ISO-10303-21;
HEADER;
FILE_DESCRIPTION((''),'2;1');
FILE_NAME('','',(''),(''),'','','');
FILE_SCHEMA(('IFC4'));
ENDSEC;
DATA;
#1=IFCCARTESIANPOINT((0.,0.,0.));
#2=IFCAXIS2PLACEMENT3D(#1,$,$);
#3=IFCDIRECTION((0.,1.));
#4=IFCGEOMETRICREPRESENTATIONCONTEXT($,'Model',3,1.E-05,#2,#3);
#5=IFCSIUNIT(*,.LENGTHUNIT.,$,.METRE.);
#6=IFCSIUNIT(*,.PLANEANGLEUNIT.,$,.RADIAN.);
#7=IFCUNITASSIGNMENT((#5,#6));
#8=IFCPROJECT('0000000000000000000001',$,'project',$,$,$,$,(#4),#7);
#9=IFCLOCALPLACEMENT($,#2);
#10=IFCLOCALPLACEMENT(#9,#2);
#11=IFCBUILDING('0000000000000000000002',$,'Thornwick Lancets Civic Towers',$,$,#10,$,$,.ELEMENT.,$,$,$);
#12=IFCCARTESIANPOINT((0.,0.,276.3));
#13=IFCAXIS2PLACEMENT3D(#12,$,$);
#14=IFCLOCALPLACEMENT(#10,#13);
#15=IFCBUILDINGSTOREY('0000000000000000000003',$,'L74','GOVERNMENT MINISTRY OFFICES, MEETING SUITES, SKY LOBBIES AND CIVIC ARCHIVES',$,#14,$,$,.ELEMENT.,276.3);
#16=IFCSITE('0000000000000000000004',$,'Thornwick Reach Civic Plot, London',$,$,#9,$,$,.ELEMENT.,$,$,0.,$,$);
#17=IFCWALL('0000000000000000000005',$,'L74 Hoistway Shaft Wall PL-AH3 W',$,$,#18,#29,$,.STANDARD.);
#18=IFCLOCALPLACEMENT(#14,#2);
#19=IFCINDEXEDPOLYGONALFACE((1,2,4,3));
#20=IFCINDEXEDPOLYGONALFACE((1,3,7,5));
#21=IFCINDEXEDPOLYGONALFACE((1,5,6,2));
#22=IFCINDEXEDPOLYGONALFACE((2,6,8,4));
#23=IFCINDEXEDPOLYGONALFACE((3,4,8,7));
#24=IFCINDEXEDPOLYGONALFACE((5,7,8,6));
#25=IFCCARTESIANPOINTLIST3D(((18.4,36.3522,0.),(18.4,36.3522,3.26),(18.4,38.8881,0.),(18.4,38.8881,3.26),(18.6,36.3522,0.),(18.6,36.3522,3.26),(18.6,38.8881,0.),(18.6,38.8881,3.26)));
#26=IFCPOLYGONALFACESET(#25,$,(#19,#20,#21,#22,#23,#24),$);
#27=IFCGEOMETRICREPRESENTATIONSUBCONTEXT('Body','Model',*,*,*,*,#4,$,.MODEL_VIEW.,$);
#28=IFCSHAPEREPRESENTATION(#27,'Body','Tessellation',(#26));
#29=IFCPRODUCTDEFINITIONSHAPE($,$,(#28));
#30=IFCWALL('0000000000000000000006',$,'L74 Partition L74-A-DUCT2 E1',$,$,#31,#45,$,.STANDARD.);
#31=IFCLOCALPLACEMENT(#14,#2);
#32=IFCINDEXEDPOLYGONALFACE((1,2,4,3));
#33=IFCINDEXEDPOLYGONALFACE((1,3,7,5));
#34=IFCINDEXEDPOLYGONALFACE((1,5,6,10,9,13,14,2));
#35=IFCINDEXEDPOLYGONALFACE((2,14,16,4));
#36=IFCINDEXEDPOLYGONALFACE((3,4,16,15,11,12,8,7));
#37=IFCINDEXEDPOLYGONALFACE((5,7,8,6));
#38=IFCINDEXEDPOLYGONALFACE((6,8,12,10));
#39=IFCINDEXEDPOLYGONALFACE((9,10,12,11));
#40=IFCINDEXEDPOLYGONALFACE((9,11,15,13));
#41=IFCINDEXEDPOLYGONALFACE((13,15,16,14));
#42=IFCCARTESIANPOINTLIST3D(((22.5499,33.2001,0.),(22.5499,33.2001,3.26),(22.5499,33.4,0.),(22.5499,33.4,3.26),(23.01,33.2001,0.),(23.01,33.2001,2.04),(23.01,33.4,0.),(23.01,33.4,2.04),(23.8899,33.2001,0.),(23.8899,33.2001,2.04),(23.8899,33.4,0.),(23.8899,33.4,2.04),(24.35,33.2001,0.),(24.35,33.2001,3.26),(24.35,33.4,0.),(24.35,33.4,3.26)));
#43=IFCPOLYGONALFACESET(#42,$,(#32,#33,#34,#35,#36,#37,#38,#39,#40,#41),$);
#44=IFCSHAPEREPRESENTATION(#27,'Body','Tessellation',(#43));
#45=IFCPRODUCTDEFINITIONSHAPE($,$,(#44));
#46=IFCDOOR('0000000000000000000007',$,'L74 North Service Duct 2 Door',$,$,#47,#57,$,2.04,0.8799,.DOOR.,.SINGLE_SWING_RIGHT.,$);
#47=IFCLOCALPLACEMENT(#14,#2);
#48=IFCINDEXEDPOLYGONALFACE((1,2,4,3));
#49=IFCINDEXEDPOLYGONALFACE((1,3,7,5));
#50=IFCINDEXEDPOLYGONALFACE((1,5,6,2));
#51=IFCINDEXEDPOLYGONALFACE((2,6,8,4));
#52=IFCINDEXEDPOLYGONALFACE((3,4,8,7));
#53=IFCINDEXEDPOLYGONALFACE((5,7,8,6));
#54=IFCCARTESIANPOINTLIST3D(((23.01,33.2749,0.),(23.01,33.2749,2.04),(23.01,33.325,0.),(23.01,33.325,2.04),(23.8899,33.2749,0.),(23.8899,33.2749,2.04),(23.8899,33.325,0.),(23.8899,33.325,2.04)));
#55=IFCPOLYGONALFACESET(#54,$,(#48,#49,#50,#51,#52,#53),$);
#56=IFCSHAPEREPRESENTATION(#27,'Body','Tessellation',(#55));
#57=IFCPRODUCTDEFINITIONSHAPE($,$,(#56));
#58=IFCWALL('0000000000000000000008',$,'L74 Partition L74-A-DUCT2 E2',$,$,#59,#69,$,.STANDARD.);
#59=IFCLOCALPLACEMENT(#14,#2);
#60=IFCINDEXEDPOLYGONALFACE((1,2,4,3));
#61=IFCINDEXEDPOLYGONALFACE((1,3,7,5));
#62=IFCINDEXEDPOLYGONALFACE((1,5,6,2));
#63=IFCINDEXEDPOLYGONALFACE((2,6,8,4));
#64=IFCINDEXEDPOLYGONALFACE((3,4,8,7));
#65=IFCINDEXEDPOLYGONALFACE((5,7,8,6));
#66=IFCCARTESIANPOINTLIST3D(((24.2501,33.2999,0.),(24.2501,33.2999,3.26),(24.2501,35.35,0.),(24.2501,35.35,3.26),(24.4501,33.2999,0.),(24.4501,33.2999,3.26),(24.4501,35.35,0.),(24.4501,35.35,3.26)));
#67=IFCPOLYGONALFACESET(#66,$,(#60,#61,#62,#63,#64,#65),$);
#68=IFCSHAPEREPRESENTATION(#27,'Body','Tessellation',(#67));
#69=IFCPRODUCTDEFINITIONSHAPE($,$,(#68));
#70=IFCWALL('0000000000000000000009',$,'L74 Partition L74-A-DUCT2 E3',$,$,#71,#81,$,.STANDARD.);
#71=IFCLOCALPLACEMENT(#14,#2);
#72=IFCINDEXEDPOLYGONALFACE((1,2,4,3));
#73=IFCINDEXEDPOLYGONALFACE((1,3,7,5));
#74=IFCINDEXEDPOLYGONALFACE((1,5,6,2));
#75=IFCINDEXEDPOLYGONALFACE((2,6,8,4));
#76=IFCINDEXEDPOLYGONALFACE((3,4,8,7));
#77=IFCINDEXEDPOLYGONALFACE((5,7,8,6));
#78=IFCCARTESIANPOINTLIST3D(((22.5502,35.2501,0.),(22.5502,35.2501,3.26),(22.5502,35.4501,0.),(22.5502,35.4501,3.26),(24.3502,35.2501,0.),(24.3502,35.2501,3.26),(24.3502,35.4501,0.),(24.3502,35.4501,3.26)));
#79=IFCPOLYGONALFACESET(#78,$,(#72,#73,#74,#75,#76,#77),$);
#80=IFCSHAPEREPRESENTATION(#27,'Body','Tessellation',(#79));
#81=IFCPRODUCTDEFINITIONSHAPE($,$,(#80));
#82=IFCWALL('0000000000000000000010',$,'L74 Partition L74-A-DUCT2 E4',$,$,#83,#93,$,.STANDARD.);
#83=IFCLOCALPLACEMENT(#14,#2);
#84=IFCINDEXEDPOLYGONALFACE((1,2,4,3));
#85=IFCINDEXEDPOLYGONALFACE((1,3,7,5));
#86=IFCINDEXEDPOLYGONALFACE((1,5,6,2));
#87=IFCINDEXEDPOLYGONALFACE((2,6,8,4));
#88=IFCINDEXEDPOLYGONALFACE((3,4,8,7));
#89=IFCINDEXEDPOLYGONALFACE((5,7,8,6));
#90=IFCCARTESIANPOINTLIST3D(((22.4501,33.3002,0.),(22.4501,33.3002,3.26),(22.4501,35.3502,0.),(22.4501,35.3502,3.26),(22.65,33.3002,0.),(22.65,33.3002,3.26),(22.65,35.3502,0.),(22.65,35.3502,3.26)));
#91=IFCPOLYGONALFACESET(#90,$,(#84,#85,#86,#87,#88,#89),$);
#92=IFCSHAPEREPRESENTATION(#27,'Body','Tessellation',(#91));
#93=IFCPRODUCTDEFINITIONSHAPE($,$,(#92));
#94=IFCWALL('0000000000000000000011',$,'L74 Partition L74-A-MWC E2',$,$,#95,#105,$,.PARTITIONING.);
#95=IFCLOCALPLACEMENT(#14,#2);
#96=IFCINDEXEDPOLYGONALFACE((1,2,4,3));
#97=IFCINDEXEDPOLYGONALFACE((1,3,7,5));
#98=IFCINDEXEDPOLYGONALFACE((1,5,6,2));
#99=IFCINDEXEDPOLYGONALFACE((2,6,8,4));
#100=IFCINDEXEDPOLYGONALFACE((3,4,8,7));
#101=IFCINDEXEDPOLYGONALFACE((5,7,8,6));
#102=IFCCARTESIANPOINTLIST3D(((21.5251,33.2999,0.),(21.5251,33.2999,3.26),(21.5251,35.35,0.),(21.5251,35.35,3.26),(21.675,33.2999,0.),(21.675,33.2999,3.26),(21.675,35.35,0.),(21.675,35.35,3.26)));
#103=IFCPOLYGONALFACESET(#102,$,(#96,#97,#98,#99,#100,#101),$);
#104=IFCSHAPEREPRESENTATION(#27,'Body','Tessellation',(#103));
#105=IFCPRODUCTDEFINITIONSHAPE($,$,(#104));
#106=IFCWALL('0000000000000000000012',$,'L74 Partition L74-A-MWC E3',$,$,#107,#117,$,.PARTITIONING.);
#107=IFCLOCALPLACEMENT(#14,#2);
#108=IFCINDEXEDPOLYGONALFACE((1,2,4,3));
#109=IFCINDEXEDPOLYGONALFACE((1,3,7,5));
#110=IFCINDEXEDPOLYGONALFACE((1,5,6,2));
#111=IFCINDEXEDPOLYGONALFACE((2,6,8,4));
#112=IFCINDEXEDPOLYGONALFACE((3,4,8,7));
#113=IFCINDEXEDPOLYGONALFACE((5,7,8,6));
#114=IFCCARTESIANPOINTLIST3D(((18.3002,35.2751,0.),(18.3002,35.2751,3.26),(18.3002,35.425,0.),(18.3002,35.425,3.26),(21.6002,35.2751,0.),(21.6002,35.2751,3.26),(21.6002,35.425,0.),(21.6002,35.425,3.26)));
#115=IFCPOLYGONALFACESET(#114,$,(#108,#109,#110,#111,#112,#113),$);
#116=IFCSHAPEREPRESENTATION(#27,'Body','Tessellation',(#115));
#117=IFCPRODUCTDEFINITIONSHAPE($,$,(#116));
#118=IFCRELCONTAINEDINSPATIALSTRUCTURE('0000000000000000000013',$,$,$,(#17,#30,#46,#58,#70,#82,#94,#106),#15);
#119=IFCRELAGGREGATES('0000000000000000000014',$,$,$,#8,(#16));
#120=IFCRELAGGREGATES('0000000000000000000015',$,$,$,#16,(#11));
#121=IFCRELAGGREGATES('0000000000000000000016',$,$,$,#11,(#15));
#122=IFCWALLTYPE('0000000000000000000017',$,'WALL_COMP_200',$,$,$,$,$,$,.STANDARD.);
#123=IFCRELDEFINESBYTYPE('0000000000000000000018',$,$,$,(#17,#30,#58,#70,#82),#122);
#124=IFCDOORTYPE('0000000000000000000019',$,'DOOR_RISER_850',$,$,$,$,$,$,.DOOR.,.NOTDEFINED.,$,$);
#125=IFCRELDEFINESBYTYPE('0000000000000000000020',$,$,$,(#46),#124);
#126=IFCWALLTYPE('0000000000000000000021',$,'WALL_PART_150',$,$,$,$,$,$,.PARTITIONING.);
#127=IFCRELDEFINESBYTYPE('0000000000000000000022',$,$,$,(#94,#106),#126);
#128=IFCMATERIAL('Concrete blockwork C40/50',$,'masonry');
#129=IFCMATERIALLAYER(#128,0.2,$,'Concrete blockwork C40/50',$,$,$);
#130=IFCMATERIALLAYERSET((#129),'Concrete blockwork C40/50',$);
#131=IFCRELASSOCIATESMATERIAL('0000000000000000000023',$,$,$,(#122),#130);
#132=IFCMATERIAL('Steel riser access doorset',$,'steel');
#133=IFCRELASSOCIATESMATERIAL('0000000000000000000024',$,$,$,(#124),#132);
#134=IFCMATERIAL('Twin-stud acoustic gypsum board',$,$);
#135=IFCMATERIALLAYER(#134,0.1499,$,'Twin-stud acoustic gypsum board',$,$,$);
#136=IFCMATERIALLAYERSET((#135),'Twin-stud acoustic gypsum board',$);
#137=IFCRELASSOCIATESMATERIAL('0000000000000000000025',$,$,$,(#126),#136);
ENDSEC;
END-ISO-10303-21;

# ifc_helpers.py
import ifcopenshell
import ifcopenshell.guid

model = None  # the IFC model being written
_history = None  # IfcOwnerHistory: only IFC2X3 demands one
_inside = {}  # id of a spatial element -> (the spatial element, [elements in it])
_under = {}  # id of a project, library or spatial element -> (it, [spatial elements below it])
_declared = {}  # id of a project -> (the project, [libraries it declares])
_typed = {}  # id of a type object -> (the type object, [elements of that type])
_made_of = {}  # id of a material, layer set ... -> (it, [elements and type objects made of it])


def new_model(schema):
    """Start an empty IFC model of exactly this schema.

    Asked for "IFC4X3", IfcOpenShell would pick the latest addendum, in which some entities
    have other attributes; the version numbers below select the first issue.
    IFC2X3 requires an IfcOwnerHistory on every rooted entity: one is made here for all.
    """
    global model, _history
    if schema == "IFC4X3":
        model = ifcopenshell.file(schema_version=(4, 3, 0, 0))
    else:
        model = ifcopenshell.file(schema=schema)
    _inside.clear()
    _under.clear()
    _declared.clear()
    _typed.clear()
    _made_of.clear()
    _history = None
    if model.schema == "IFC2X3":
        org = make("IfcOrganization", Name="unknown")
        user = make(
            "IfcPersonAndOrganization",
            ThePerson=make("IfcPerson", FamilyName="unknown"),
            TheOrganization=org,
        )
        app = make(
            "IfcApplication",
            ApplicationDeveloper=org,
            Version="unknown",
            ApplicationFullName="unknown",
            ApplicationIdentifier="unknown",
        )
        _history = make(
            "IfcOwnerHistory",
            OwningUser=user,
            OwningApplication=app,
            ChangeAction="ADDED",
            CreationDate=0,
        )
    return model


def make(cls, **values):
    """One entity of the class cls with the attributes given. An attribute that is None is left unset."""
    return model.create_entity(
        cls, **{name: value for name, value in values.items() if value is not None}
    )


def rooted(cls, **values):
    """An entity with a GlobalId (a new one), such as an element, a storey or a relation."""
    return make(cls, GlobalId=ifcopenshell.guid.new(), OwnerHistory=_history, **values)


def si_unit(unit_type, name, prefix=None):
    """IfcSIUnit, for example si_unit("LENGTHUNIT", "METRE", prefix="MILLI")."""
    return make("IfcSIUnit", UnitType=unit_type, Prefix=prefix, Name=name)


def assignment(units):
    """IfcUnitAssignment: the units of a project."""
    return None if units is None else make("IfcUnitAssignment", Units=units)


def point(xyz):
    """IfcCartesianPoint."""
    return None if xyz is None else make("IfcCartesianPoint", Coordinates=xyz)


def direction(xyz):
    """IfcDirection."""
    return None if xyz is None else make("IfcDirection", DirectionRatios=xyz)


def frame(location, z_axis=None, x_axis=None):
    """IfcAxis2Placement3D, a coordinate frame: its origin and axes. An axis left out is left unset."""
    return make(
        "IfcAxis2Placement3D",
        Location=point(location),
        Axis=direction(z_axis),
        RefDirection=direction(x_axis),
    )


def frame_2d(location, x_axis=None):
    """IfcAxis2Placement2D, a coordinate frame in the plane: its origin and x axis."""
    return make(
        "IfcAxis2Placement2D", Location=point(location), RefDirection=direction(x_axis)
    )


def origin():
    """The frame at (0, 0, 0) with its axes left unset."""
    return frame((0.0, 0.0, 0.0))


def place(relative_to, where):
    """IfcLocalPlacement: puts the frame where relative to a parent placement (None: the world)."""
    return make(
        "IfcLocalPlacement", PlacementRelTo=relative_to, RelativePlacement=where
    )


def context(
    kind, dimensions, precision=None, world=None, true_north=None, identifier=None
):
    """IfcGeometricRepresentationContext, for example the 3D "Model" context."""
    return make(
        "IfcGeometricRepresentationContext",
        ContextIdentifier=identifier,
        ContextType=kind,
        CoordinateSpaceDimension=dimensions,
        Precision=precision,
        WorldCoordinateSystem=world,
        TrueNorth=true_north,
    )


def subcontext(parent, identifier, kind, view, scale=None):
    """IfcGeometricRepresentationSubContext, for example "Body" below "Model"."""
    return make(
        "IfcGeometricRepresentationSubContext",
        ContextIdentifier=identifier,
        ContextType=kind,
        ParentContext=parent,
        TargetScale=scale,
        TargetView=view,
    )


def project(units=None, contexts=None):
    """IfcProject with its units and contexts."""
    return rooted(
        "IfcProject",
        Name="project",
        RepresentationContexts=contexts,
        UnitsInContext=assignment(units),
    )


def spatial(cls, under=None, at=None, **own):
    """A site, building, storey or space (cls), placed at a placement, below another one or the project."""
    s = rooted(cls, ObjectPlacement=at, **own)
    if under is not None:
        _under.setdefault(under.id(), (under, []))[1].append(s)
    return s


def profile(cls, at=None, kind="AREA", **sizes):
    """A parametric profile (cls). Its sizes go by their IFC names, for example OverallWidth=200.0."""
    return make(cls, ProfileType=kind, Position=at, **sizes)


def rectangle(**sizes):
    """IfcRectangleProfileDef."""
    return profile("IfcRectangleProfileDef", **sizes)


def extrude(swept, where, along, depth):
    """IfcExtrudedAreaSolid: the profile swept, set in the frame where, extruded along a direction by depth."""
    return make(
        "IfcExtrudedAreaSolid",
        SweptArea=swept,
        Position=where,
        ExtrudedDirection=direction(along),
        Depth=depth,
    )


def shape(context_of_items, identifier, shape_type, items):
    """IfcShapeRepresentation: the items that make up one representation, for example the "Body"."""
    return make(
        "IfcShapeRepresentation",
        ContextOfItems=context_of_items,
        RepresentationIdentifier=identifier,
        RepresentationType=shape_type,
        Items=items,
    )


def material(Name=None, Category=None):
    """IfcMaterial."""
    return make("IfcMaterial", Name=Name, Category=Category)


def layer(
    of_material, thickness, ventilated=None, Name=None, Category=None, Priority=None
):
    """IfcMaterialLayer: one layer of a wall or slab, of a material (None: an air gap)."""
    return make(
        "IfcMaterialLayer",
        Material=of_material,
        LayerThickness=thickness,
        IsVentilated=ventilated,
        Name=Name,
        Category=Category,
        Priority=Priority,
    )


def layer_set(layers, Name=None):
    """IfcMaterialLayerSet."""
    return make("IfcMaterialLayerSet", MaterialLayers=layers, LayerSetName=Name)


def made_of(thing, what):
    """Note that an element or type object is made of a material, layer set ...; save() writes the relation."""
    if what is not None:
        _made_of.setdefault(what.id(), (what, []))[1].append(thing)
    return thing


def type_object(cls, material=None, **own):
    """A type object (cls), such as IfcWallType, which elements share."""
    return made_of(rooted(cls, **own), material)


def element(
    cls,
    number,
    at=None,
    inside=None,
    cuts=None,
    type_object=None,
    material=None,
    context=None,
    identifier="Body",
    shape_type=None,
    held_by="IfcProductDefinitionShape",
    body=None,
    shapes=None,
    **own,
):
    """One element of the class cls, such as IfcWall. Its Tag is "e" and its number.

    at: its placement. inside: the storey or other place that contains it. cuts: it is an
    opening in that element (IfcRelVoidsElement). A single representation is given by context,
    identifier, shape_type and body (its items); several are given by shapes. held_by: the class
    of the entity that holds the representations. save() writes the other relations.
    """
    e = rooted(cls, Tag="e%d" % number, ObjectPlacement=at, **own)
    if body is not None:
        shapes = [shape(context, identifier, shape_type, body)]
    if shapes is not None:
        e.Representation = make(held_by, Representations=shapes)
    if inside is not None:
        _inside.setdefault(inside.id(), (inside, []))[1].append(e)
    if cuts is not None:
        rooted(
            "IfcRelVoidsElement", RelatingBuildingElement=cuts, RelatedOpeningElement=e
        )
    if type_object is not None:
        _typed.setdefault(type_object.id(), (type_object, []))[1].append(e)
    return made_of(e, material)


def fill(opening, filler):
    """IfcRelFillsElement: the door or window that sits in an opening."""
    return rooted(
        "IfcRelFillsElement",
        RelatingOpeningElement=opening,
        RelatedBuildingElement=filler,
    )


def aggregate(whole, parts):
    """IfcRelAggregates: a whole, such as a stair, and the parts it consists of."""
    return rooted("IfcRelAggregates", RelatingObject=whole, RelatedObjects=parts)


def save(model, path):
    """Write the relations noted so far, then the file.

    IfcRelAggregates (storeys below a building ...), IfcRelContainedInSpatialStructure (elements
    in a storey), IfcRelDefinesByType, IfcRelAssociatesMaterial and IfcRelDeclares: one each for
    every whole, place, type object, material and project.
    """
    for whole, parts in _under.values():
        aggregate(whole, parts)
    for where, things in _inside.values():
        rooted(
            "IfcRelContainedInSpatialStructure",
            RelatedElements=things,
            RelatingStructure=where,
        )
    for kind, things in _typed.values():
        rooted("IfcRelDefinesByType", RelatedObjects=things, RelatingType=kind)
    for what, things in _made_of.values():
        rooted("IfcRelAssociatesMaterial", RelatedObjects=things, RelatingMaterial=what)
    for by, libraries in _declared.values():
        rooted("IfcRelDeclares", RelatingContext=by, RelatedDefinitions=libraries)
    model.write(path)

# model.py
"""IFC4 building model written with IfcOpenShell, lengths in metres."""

from ifc_helpers import new_model, si_unit, direction, frame, frame_2d, origin, place, context, subcontext, project, spatial, rectangle, extrude, material, layer, layer_set, type_object, element, fill, save


model = new_model("IFC4")

# Units and contexts
model_context = context("Model", 3, precision=1e-05, world=origin(), true_north=direction((0.0, 1.0)))
body_context = subcontext(model_context, "Body", "Model", "MODEL_VIEW")
ifc_project = project(units=[si_unit("LENGTHUNIT", "METRE"), si_unit("PLANEANGLEUNIT", "RADIAN")], contexts=[model_context])

# Site, building, storey
site_placement = place(None, origin())
site = spatial("IfcSite", under=ifc_project, at=site_placement, Name="Thornwick Reach Civic Plot, London", CompositionType="ELEMENT", RefElevation=0.0)
building_placement = place(site_placement, origin())
building = spatial("IfcBuilding", under=site, at=building_placement, Name="Thornwick Lancets Civic Towers", CompositionType="ELEMENT")
storey_placement = place(building_placement, frame((0.0, 0.0, 276.3)))
storey = spatial("IfcBuildingStorey", under=building, at=storey_placement, Name="L74", Description="GOVERNMENT MINISTRY OFFICES, MEETING SUITES, SKY LOBBIES AND CIVIC ARCHIVES", CompositionType="ELEMENT", Elevation=276.3)

# Shared definitions
ifc_material_1 = material(Name="Concrete blockwork C40/50", Category="masonry")
ifc_layer_1 = layer(ifc_material_1, 0.2, Name="Concrete blockwork C40/50")
ifc_layer_set_1 = layer_set([ifc_layer_1], Name="Concrete blockwork C40/50")
wall_type_1 = type_object("IfcWallType", Name="WALL_COMP_200", PredefinedType="STANDARD", material=ifc_layer_set_1)

# Wall
for number, where, z_axis, x_axis, name in (
    (1, (18.5, 36.3521, 0.0), (0.0, 0.0, 1.0), (0.0, 1.0, 0.0), "L74 Hoistway Shaft Wall PL-AH3 W"),
):
    element("IfcWall", number, at=place(storey_placement, frame(where, z_axis=z_axis, x_axis=x_axis)), inside=storey, type_object=wall_type_1, Name=name, PredefinedType="STANDARD", context=body_context, shape_type="SweptSolid", body=[
        extrude(rectangle(XDim=2.5359, YDim=0.2, at=frame_2d((1.2681, 0.0))), origin(), (0.0, 0.0, 1.0), 3.26),
    ])

# Wall, opening, door
wall_1_placement = place(storey_placement, frame((22.55, 33.3, 0.0), z_axis=(0.0, 0.0, 1.0), x_axis=(1.0, 0.0, 0.0)))
wall_1 = element("IfcWall", 2, at=wall_1_placement, inside=storey, type_object=wall_type_1, Name="L74 Partition L74-A-DUCT2 E1", PredefinedType="STANDARD", context=body_context, shape_type="SweptSolid", body=[
    extrude(rectangle(XDim=1.8, YDim=0.2, at=frame_2d((0.8999, 0.0))), origin(), (0.0, 0.0, 1.0), 3.26),
])
opening_1_placement = place(wall_1_placement, frame((0.46, 0.0, 0.0)))
opening_1 = element("IfcOpeningElement", 3, at=opening_1_placement, cuts=wall_1, PredefinedType="OPENING", context=body_context, shape_type="SweptSolid", body=[
    extrude(rectangle(XDim=0.8799, YDim=2.04, at=frame_2d((0.4399, 1.02))), frame((0.0, 0.1099, 0.0), z_axis=(0.0, -1.0, 0.0), x_axis=(1.0, 0.0, 0.0)), (0.0, 0.0, 1.0), 0.22),
])
ifc_material_2 = material(Name="Steel riser access doorset", Category="steel")
door_type_1 = type_object("IfcDoorType", Name="DOOR_RISER_850", OperationType="NOTDEFINED", PredefinedType="DOOR", material=ifc_material_2)
door_1_placement = place(opening_1_placement, origin())
door_1 = element("IfcDoor", 4, at=door_1_placement, inside=storey, type_object=door_type_1, Name="L74 North Service Duct 2 Door", OperationType="SINGLE_SWING_RIGHT", OverallHeight=2.04, OverallWidth=0.8799, PredefinedType="DOOR", context=body_context, shape_type="SweptSolid", body=[
    extrude(rectangle(XDim=0.8799, YDim=2.04, at=frame_2d((0.4399, 1.02))), frame((0.0, 0.0249, 0.0), z_axis=(0.0, -1.0, 0.0), x_axis=(1.0, 0.0, 0.0)), (0.0, 0.0, 1.0), 0.05),
])
fill(opening_1, door_1)

# Walls
wall_2_placement = place(storey_placement, frame((24.3501, 33.3, 0.0), z_axis=(0.0, 0.0, 1.0), x_axis=(0.0, 1.0, 0.0)))
element("IfcWall", 5, at=wall_2_placement, inside=storey, type_object=wall_type_1, Name="L74 Partition L74-A-DUCT2 E2", PredefinedType="STANDARD", context=body_context, shape_type="SweptSolid", body=[
    extrude(rectangle(XDim=2.05, YDim=0.2, at=frame_2d((1.0249, 0.0))), origin(), (0.0, 0.0, 1.0), 3.26),
])
wall_3_placement = place(storey_placement, frame((24.3501, 35.3501, 0.0), z_axis=(0.0, 0.0, 1.0), x_axis=(-1.0, 0.0, 0.0)))
element("IfcWall", 6, at=wall_3_placement, inside=storey, type_object=wall_type_1, Name="L74 Partition L74-A-DUCT2 E3", PredefinedType="STANDARD", context=body_context, shape_type="SweptSolid", body=[
    extrude(rectangle(XDim=1.8, YDim=0.2, at=frame_2d((0.8999, 0.0))), origin(), (0.0, 0.0, 1.0), 3.26),
])
wall_4_placement = place(storey_placement, frame((22.55, 35.3501, 0.0), z_axis=(0.0, 0.0, 1.0), x_axis=(0.0, -1.0, 0.0)))
element("IfcWall", 7, at=wall_4_placement, inside=storey, type_object=wall_type_1, Name="L74 Partition L74-A-DUCT2 E4", PredefinedType="STANDARD", context=body_context, shape_type="SweptSolid", body=[
    extrude(rectangle(XDim=2.05, YDim=0.2, at=frame_2d((1.0249, 0.0))), origin(), (0.0, 0.0, 1.0), 3.26),
])
ifc_material_3 = material(Name="Twin-stud acoustic gypsum board")
ifc_layer_2 = layer(ifc_material_3, 0.1499, Name="Twin-stud acoustic gypsum board")
ifc_layer_set_2 = layer_set([ifc_layer_2], Name="Twin-stud acoustic gypsum board")
wall_type_2 = type_object("IfcWallType", Name="WALL_PART_150", PredefinedType="PARTITIONING", material=ifc_layer_set_2)
wall_5_placement = place(storey_placement, frame((21.6001, 33.3, 0.0), z_axis=(0.0, 0.0, 1.0), x_axis=(0.0, 1.0, 0.0)))
element("IfcWall", 8, at=wall_5_placement, inside=storey, type_object=wall_type_2, Name="L74 Partition L74-A-MWC E2", PredefinedType="PARTITIONING", context=body_context, shape_type="SweptSolid", body=[
    extrude(rectangle(XDim=2.05, YDim=0.1499, at=frame_2d((1.0249, 0.0))), origin(), (0.0, 0.0, 1.0), 3.26),
])
wall_6_placement = place(storey_placement, frame((21.6001, 35.3501, 0.0), z_axis=(0.0, 0.0, 1.0), x_axis=(-1.0, 0.0, 0.0)))
element("IfcWall", 9, at=wall_6_placement, inside=storey, type_object=wall_type_2, Name="L74 Partition L74-A-MWC E3", PredefinedType="PARTITIONING", context=body_context, shape_type="SweptSolid", body=[
    extrude(rectangle(XDim=3.3, YDim=0.1499, at=frame_2d((1.6499, 0.0))), origin(), (0.0, 0.0, 1.0), 3.26),
])

save(model, "model.ifc")
